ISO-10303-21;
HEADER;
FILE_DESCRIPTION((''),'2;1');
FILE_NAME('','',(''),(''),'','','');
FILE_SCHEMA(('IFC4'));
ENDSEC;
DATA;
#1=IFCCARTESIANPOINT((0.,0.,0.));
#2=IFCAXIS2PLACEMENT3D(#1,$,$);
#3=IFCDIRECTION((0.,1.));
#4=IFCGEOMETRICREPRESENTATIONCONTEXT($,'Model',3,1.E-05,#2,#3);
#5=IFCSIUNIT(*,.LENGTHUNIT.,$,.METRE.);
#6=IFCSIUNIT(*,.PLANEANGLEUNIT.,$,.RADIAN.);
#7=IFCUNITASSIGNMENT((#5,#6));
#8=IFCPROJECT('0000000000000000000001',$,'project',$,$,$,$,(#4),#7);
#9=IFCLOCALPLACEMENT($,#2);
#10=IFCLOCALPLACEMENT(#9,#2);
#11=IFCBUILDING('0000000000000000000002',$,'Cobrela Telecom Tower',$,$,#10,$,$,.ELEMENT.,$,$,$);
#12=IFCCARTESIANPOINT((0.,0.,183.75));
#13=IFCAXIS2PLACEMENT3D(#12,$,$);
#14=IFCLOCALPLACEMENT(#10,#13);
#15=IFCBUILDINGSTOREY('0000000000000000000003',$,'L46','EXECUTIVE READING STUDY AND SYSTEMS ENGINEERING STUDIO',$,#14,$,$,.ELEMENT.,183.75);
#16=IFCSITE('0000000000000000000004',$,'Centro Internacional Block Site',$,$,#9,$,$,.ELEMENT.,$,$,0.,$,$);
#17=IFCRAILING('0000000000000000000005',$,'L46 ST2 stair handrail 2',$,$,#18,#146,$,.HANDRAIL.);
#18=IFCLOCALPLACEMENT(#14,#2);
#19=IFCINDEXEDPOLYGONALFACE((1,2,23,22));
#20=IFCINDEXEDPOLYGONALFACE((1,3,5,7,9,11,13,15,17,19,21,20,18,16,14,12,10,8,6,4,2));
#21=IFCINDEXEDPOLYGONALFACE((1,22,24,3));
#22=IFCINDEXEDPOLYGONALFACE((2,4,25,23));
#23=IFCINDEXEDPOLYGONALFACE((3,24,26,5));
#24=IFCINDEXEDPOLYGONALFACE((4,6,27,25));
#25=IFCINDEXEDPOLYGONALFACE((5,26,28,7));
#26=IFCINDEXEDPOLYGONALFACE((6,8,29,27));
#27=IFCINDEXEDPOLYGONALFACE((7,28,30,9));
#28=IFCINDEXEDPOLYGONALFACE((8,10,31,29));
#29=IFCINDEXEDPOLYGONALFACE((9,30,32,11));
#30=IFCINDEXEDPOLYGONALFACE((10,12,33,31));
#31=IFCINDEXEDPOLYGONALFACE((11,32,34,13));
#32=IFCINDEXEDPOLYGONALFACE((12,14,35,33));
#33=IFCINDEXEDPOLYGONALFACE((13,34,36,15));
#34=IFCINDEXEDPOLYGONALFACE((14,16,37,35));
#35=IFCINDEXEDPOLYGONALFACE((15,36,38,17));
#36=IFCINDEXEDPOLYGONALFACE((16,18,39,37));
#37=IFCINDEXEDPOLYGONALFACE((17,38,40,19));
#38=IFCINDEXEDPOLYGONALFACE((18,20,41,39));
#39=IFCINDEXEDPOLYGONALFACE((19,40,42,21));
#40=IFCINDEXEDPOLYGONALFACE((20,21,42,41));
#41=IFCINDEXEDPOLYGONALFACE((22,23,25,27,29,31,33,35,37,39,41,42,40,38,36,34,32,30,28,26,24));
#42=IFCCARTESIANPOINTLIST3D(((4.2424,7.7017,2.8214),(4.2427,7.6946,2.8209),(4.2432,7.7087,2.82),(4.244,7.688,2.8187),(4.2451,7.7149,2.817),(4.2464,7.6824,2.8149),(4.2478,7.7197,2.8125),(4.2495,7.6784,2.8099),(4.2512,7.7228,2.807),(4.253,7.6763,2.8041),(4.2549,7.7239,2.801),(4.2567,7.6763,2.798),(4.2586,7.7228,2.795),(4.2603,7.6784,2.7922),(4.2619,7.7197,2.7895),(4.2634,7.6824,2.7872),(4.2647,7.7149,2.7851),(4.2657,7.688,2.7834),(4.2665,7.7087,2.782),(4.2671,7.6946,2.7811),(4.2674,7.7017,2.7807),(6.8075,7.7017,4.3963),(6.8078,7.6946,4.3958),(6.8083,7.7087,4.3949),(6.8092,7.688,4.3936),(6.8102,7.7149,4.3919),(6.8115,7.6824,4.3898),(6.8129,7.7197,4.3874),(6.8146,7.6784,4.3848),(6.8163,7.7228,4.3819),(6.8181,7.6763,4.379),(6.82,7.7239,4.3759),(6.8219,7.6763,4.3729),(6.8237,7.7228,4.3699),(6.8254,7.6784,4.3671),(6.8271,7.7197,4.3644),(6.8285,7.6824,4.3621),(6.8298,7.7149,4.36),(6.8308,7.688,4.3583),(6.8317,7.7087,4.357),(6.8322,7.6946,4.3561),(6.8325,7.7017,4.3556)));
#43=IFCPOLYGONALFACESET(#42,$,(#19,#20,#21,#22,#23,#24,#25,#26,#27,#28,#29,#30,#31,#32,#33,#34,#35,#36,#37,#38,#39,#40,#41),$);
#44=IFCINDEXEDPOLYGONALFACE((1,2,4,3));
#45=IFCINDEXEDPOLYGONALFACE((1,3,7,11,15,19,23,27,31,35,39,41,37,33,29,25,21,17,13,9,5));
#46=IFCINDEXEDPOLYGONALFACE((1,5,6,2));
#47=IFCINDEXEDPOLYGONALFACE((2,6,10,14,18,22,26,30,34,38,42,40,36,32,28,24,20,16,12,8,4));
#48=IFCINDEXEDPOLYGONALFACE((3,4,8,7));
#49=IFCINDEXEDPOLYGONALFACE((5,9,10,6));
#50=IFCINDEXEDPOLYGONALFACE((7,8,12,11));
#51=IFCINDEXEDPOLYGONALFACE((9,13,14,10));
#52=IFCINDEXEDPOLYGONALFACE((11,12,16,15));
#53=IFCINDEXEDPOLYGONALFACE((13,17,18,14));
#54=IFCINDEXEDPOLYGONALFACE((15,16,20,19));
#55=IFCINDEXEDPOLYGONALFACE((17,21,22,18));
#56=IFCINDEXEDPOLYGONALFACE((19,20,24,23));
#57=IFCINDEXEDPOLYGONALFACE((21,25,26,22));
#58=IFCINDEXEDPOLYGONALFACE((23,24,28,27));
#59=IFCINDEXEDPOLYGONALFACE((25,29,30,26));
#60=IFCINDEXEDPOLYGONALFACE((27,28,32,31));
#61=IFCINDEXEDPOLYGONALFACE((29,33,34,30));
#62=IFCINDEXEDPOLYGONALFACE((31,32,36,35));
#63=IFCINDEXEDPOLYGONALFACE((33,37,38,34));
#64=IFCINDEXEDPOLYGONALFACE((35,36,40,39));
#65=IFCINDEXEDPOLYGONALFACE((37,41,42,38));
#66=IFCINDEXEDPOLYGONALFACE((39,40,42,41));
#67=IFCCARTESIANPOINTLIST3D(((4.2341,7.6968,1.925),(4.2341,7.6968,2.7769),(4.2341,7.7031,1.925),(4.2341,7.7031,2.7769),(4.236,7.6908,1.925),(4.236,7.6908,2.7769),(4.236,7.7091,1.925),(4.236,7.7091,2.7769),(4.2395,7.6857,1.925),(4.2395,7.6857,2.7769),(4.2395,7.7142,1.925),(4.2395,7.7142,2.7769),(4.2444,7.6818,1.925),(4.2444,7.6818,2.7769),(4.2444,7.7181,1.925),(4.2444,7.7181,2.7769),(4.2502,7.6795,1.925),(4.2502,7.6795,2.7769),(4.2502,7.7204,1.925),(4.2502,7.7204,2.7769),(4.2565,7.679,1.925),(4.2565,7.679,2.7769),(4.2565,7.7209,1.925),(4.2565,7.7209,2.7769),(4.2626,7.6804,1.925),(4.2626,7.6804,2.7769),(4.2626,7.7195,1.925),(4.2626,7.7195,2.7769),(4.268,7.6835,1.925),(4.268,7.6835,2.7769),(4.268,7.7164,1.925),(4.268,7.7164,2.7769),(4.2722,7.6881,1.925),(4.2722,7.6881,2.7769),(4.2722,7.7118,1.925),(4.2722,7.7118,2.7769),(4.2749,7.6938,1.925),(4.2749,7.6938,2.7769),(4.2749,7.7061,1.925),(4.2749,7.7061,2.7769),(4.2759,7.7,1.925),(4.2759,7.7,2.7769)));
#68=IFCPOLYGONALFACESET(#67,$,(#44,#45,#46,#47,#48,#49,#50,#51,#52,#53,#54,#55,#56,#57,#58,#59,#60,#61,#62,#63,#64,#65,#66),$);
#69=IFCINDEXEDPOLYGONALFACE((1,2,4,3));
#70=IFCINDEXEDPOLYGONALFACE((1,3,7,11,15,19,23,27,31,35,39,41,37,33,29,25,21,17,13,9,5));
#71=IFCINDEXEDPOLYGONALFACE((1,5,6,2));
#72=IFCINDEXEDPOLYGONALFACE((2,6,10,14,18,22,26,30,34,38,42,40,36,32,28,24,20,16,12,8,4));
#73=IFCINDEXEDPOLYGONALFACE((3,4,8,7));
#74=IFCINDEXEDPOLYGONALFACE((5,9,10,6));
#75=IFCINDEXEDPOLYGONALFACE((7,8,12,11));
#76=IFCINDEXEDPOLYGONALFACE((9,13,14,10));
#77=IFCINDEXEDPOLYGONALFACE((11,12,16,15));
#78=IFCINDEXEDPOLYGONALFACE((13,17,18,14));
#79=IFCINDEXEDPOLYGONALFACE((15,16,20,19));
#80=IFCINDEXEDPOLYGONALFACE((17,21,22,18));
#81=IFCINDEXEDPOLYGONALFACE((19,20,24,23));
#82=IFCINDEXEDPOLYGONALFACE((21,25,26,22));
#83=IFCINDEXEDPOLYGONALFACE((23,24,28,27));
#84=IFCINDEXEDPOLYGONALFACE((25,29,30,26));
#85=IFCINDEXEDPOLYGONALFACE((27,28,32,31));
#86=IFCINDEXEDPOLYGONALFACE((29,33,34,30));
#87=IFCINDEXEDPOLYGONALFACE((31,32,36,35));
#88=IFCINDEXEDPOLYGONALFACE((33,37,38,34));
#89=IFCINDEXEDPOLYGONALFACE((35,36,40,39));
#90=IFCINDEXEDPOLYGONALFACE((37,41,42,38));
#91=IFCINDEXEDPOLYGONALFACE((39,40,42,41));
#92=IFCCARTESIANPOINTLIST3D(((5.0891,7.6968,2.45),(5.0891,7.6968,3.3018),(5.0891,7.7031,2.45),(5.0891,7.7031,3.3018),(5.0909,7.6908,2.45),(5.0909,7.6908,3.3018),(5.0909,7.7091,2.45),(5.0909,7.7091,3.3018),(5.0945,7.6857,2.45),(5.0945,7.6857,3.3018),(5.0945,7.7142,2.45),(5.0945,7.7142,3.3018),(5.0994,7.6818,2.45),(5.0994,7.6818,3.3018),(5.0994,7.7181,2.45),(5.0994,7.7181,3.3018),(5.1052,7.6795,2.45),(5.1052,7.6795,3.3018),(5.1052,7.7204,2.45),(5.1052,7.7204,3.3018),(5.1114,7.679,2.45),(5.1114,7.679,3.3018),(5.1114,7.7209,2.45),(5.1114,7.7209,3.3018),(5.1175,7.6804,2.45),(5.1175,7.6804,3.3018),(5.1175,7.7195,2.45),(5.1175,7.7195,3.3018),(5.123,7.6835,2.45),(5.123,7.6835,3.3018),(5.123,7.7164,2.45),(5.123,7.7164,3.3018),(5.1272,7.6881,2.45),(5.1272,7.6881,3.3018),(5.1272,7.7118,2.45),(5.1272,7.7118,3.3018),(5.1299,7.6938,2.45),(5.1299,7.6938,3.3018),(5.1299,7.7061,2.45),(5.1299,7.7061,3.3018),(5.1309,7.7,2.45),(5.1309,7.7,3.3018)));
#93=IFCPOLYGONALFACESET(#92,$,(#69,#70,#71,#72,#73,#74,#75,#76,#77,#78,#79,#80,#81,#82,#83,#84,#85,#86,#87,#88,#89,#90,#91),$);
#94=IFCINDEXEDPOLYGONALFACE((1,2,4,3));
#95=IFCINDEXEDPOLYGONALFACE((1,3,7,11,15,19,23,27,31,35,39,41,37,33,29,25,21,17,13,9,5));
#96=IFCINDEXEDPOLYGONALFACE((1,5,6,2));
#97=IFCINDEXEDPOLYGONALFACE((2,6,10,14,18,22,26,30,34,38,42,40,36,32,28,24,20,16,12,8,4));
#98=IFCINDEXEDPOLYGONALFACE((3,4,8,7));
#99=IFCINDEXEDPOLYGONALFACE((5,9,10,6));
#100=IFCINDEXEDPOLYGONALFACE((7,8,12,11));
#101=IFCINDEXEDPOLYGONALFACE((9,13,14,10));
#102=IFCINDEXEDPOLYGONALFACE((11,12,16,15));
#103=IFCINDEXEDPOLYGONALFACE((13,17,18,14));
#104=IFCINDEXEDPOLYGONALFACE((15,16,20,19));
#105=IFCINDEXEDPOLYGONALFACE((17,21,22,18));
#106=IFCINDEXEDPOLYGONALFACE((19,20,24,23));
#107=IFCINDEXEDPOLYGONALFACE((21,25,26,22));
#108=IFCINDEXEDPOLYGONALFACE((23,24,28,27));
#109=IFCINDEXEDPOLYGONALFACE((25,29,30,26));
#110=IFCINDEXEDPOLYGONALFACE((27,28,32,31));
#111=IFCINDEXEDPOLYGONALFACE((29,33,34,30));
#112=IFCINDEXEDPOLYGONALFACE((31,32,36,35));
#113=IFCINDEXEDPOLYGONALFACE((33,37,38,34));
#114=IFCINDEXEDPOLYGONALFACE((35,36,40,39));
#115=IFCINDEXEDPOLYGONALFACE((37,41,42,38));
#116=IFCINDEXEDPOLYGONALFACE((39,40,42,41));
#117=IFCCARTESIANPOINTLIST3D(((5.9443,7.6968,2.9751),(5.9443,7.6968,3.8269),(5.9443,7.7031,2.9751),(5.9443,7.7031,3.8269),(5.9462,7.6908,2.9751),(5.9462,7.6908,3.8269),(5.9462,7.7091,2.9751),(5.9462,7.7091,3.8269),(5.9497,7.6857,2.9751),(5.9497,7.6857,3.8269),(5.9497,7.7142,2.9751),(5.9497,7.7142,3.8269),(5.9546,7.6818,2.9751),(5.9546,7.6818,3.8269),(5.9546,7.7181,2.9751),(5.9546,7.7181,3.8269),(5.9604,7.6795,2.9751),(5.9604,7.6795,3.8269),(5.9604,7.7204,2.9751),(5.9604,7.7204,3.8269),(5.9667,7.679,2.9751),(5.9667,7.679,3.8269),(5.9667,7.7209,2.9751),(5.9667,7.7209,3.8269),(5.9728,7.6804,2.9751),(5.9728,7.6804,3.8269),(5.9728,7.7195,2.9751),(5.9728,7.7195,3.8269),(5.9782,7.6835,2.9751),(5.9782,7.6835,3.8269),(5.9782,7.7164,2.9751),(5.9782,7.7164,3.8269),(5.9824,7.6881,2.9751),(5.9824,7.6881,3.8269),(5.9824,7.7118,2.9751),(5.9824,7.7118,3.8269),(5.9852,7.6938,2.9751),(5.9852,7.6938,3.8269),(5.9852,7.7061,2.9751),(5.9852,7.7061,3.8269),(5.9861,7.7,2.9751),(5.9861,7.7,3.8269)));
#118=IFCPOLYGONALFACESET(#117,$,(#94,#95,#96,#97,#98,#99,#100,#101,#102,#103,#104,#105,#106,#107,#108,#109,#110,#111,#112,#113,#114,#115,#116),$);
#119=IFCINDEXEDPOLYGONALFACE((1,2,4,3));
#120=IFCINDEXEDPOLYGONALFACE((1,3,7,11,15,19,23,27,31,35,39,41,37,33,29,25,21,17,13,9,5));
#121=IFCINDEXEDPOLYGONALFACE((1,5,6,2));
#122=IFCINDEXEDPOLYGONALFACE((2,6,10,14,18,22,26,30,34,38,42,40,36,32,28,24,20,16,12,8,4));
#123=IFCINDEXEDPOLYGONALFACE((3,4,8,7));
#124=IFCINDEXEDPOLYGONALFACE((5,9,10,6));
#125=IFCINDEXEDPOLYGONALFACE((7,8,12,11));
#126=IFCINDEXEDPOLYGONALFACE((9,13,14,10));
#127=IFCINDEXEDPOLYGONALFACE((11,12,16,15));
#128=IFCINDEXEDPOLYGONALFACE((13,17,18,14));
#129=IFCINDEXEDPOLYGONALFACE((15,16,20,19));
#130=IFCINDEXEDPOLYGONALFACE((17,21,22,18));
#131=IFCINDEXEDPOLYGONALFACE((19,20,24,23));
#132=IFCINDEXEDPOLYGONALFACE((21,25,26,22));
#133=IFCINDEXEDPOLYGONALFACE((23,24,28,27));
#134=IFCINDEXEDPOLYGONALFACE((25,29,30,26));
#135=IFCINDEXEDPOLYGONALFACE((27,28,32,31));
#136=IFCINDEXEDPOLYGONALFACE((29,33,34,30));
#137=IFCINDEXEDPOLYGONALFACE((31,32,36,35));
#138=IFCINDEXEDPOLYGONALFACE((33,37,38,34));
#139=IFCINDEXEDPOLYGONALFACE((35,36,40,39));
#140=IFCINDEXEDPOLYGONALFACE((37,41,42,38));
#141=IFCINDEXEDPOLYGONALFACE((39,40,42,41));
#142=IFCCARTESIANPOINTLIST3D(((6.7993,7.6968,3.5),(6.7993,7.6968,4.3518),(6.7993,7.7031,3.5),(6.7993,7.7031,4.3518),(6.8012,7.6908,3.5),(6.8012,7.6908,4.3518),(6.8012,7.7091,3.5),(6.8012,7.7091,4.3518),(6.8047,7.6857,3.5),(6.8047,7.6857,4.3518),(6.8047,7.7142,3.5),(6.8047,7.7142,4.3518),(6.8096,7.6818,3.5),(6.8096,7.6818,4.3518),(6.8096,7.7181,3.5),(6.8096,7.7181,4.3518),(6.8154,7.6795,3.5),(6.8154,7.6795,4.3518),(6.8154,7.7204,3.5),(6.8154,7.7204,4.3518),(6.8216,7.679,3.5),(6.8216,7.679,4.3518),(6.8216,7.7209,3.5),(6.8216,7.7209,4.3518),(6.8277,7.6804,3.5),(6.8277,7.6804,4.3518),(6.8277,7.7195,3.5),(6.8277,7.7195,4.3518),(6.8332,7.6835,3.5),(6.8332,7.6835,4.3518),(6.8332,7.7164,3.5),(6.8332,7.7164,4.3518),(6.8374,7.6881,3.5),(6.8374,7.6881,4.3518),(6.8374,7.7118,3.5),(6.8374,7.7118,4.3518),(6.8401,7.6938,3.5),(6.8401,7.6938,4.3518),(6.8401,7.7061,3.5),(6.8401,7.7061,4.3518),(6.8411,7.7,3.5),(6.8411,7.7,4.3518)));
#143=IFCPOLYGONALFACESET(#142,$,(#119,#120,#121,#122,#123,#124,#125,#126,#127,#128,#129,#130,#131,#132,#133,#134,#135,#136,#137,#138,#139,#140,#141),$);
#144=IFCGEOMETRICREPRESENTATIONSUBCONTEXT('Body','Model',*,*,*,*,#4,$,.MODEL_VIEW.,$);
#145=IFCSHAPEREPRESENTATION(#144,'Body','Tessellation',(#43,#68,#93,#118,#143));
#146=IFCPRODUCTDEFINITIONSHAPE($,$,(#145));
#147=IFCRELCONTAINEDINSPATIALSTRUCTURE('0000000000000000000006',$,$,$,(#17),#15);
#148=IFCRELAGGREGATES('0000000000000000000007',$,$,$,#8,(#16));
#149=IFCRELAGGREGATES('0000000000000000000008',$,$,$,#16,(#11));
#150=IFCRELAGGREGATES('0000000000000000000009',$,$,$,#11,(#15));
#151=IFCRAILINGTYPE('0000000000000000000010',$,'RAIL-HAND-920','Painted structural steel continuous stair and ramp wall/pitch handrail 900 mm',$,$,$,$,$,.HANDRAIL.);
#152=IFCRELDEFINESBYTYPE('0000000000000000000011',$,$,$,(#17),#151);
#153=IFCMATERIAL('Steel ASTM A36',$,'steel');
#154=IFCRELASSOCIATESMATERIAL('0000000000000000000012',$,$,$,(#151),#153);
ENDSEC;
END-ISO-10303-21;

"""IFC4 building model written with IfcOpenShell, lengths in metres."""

from ifc_helpers import new_model, si_unit, direction, frame, origin, origin_2d, place, context, subcontext, project, spatial, circle, extrude, material, type_object, element, save


model = new_model("IFC4")

# Units and contexts
model_context = context("Model", 3, precision=1e-05, world=origin(), true_north=direction((0.0, 1.0)))
body_context = subcontext(model_context, "Body", "Model", "MODEL_VIEW")
ifc_project = project(units=[si_unit("LENGTHUNIT", "METRE"), si_unit("PLANEANGLEUNIT", "RADIAN")], contexts=[model_context])

# Site, building, storey
site_placement = place(None, origin())
site = spatial("IfcSite", under=ifc_project, at=site_placement, Name="Centro Internacional Block Site", CompositionType="ELEMENT", RefElevation=0.0)
building_placement = place(site_placement, origin())
building = spatial("IfcBuilding", under=site, at=building_placement, Name="Cobrela Telecom Tower", CompositionType="ELEMENT")
storey_placement = place(building_placement, frame((0.0, 0.0, 183.75)))
storey = spatial("IfcBuildingStorey", under=building, at=storey_placement, Name="L46", Description="EXECUTIVE READING STUDY AND SYSTEMS ENGINEERING STUDIO", CompositionType="ELEMENT", Elevation=183.75)

# Railing
ifc_material_1 = material(Name="Steel ASTM A36", Category="steel")
railing_type_1 = type_object("IfcRailingType", Name="RAIL-HAND-920", Description="Painted structural steel continuous stair and ramp wall/pitch handrail 900 mm", PredefinedType="HANDRAIL", material=ifc_material_1)
railing_1_placement = place(storey_placement, frame((4.2549, 7.7, 1.925)))
element("IfcRailing", 1, at=railing_1_placement, inside=storey, type_object=railing_type_1, Name="L46 ST2 stair handrail 2", PredefinedType="HANDRAIL", context=body_context, shape_type="SweptSolid", body=[
    extrude(circle(Radius=0.0239, at=origin_2d()), frame((0.0, 0.0, 0.876), z_axis=(0.852195, 0.0, 0.523224), x_axis=(0.0, 1.0, 0.0)), (0.0, 0.0, 1.0), 3.01),
    extrude(circle(Radius=0.021, at=origin_2d()), origin(), (0.0, 0.0, 1.0), 0.8518),
    extrude(circle(Radius=0.021, at=origin_2d()), frame((0.855, 0.0, 0.5249)), (0.0, 0.0, 1.0), 0.8518),
    extrude(circle(Radius=0.021, at=origin_2d()), frame((1.7102, 0.0, 1.05)), (0.0, 0.0, 1.0), 0.8518),
    extrude(circle(Radius=0.021, at=origin_2d()), frame((2.5652, 0.0, 1.575)), (0.0, 0.0, 1.0), 0.8518),
])

save(model, "model.ifc")
